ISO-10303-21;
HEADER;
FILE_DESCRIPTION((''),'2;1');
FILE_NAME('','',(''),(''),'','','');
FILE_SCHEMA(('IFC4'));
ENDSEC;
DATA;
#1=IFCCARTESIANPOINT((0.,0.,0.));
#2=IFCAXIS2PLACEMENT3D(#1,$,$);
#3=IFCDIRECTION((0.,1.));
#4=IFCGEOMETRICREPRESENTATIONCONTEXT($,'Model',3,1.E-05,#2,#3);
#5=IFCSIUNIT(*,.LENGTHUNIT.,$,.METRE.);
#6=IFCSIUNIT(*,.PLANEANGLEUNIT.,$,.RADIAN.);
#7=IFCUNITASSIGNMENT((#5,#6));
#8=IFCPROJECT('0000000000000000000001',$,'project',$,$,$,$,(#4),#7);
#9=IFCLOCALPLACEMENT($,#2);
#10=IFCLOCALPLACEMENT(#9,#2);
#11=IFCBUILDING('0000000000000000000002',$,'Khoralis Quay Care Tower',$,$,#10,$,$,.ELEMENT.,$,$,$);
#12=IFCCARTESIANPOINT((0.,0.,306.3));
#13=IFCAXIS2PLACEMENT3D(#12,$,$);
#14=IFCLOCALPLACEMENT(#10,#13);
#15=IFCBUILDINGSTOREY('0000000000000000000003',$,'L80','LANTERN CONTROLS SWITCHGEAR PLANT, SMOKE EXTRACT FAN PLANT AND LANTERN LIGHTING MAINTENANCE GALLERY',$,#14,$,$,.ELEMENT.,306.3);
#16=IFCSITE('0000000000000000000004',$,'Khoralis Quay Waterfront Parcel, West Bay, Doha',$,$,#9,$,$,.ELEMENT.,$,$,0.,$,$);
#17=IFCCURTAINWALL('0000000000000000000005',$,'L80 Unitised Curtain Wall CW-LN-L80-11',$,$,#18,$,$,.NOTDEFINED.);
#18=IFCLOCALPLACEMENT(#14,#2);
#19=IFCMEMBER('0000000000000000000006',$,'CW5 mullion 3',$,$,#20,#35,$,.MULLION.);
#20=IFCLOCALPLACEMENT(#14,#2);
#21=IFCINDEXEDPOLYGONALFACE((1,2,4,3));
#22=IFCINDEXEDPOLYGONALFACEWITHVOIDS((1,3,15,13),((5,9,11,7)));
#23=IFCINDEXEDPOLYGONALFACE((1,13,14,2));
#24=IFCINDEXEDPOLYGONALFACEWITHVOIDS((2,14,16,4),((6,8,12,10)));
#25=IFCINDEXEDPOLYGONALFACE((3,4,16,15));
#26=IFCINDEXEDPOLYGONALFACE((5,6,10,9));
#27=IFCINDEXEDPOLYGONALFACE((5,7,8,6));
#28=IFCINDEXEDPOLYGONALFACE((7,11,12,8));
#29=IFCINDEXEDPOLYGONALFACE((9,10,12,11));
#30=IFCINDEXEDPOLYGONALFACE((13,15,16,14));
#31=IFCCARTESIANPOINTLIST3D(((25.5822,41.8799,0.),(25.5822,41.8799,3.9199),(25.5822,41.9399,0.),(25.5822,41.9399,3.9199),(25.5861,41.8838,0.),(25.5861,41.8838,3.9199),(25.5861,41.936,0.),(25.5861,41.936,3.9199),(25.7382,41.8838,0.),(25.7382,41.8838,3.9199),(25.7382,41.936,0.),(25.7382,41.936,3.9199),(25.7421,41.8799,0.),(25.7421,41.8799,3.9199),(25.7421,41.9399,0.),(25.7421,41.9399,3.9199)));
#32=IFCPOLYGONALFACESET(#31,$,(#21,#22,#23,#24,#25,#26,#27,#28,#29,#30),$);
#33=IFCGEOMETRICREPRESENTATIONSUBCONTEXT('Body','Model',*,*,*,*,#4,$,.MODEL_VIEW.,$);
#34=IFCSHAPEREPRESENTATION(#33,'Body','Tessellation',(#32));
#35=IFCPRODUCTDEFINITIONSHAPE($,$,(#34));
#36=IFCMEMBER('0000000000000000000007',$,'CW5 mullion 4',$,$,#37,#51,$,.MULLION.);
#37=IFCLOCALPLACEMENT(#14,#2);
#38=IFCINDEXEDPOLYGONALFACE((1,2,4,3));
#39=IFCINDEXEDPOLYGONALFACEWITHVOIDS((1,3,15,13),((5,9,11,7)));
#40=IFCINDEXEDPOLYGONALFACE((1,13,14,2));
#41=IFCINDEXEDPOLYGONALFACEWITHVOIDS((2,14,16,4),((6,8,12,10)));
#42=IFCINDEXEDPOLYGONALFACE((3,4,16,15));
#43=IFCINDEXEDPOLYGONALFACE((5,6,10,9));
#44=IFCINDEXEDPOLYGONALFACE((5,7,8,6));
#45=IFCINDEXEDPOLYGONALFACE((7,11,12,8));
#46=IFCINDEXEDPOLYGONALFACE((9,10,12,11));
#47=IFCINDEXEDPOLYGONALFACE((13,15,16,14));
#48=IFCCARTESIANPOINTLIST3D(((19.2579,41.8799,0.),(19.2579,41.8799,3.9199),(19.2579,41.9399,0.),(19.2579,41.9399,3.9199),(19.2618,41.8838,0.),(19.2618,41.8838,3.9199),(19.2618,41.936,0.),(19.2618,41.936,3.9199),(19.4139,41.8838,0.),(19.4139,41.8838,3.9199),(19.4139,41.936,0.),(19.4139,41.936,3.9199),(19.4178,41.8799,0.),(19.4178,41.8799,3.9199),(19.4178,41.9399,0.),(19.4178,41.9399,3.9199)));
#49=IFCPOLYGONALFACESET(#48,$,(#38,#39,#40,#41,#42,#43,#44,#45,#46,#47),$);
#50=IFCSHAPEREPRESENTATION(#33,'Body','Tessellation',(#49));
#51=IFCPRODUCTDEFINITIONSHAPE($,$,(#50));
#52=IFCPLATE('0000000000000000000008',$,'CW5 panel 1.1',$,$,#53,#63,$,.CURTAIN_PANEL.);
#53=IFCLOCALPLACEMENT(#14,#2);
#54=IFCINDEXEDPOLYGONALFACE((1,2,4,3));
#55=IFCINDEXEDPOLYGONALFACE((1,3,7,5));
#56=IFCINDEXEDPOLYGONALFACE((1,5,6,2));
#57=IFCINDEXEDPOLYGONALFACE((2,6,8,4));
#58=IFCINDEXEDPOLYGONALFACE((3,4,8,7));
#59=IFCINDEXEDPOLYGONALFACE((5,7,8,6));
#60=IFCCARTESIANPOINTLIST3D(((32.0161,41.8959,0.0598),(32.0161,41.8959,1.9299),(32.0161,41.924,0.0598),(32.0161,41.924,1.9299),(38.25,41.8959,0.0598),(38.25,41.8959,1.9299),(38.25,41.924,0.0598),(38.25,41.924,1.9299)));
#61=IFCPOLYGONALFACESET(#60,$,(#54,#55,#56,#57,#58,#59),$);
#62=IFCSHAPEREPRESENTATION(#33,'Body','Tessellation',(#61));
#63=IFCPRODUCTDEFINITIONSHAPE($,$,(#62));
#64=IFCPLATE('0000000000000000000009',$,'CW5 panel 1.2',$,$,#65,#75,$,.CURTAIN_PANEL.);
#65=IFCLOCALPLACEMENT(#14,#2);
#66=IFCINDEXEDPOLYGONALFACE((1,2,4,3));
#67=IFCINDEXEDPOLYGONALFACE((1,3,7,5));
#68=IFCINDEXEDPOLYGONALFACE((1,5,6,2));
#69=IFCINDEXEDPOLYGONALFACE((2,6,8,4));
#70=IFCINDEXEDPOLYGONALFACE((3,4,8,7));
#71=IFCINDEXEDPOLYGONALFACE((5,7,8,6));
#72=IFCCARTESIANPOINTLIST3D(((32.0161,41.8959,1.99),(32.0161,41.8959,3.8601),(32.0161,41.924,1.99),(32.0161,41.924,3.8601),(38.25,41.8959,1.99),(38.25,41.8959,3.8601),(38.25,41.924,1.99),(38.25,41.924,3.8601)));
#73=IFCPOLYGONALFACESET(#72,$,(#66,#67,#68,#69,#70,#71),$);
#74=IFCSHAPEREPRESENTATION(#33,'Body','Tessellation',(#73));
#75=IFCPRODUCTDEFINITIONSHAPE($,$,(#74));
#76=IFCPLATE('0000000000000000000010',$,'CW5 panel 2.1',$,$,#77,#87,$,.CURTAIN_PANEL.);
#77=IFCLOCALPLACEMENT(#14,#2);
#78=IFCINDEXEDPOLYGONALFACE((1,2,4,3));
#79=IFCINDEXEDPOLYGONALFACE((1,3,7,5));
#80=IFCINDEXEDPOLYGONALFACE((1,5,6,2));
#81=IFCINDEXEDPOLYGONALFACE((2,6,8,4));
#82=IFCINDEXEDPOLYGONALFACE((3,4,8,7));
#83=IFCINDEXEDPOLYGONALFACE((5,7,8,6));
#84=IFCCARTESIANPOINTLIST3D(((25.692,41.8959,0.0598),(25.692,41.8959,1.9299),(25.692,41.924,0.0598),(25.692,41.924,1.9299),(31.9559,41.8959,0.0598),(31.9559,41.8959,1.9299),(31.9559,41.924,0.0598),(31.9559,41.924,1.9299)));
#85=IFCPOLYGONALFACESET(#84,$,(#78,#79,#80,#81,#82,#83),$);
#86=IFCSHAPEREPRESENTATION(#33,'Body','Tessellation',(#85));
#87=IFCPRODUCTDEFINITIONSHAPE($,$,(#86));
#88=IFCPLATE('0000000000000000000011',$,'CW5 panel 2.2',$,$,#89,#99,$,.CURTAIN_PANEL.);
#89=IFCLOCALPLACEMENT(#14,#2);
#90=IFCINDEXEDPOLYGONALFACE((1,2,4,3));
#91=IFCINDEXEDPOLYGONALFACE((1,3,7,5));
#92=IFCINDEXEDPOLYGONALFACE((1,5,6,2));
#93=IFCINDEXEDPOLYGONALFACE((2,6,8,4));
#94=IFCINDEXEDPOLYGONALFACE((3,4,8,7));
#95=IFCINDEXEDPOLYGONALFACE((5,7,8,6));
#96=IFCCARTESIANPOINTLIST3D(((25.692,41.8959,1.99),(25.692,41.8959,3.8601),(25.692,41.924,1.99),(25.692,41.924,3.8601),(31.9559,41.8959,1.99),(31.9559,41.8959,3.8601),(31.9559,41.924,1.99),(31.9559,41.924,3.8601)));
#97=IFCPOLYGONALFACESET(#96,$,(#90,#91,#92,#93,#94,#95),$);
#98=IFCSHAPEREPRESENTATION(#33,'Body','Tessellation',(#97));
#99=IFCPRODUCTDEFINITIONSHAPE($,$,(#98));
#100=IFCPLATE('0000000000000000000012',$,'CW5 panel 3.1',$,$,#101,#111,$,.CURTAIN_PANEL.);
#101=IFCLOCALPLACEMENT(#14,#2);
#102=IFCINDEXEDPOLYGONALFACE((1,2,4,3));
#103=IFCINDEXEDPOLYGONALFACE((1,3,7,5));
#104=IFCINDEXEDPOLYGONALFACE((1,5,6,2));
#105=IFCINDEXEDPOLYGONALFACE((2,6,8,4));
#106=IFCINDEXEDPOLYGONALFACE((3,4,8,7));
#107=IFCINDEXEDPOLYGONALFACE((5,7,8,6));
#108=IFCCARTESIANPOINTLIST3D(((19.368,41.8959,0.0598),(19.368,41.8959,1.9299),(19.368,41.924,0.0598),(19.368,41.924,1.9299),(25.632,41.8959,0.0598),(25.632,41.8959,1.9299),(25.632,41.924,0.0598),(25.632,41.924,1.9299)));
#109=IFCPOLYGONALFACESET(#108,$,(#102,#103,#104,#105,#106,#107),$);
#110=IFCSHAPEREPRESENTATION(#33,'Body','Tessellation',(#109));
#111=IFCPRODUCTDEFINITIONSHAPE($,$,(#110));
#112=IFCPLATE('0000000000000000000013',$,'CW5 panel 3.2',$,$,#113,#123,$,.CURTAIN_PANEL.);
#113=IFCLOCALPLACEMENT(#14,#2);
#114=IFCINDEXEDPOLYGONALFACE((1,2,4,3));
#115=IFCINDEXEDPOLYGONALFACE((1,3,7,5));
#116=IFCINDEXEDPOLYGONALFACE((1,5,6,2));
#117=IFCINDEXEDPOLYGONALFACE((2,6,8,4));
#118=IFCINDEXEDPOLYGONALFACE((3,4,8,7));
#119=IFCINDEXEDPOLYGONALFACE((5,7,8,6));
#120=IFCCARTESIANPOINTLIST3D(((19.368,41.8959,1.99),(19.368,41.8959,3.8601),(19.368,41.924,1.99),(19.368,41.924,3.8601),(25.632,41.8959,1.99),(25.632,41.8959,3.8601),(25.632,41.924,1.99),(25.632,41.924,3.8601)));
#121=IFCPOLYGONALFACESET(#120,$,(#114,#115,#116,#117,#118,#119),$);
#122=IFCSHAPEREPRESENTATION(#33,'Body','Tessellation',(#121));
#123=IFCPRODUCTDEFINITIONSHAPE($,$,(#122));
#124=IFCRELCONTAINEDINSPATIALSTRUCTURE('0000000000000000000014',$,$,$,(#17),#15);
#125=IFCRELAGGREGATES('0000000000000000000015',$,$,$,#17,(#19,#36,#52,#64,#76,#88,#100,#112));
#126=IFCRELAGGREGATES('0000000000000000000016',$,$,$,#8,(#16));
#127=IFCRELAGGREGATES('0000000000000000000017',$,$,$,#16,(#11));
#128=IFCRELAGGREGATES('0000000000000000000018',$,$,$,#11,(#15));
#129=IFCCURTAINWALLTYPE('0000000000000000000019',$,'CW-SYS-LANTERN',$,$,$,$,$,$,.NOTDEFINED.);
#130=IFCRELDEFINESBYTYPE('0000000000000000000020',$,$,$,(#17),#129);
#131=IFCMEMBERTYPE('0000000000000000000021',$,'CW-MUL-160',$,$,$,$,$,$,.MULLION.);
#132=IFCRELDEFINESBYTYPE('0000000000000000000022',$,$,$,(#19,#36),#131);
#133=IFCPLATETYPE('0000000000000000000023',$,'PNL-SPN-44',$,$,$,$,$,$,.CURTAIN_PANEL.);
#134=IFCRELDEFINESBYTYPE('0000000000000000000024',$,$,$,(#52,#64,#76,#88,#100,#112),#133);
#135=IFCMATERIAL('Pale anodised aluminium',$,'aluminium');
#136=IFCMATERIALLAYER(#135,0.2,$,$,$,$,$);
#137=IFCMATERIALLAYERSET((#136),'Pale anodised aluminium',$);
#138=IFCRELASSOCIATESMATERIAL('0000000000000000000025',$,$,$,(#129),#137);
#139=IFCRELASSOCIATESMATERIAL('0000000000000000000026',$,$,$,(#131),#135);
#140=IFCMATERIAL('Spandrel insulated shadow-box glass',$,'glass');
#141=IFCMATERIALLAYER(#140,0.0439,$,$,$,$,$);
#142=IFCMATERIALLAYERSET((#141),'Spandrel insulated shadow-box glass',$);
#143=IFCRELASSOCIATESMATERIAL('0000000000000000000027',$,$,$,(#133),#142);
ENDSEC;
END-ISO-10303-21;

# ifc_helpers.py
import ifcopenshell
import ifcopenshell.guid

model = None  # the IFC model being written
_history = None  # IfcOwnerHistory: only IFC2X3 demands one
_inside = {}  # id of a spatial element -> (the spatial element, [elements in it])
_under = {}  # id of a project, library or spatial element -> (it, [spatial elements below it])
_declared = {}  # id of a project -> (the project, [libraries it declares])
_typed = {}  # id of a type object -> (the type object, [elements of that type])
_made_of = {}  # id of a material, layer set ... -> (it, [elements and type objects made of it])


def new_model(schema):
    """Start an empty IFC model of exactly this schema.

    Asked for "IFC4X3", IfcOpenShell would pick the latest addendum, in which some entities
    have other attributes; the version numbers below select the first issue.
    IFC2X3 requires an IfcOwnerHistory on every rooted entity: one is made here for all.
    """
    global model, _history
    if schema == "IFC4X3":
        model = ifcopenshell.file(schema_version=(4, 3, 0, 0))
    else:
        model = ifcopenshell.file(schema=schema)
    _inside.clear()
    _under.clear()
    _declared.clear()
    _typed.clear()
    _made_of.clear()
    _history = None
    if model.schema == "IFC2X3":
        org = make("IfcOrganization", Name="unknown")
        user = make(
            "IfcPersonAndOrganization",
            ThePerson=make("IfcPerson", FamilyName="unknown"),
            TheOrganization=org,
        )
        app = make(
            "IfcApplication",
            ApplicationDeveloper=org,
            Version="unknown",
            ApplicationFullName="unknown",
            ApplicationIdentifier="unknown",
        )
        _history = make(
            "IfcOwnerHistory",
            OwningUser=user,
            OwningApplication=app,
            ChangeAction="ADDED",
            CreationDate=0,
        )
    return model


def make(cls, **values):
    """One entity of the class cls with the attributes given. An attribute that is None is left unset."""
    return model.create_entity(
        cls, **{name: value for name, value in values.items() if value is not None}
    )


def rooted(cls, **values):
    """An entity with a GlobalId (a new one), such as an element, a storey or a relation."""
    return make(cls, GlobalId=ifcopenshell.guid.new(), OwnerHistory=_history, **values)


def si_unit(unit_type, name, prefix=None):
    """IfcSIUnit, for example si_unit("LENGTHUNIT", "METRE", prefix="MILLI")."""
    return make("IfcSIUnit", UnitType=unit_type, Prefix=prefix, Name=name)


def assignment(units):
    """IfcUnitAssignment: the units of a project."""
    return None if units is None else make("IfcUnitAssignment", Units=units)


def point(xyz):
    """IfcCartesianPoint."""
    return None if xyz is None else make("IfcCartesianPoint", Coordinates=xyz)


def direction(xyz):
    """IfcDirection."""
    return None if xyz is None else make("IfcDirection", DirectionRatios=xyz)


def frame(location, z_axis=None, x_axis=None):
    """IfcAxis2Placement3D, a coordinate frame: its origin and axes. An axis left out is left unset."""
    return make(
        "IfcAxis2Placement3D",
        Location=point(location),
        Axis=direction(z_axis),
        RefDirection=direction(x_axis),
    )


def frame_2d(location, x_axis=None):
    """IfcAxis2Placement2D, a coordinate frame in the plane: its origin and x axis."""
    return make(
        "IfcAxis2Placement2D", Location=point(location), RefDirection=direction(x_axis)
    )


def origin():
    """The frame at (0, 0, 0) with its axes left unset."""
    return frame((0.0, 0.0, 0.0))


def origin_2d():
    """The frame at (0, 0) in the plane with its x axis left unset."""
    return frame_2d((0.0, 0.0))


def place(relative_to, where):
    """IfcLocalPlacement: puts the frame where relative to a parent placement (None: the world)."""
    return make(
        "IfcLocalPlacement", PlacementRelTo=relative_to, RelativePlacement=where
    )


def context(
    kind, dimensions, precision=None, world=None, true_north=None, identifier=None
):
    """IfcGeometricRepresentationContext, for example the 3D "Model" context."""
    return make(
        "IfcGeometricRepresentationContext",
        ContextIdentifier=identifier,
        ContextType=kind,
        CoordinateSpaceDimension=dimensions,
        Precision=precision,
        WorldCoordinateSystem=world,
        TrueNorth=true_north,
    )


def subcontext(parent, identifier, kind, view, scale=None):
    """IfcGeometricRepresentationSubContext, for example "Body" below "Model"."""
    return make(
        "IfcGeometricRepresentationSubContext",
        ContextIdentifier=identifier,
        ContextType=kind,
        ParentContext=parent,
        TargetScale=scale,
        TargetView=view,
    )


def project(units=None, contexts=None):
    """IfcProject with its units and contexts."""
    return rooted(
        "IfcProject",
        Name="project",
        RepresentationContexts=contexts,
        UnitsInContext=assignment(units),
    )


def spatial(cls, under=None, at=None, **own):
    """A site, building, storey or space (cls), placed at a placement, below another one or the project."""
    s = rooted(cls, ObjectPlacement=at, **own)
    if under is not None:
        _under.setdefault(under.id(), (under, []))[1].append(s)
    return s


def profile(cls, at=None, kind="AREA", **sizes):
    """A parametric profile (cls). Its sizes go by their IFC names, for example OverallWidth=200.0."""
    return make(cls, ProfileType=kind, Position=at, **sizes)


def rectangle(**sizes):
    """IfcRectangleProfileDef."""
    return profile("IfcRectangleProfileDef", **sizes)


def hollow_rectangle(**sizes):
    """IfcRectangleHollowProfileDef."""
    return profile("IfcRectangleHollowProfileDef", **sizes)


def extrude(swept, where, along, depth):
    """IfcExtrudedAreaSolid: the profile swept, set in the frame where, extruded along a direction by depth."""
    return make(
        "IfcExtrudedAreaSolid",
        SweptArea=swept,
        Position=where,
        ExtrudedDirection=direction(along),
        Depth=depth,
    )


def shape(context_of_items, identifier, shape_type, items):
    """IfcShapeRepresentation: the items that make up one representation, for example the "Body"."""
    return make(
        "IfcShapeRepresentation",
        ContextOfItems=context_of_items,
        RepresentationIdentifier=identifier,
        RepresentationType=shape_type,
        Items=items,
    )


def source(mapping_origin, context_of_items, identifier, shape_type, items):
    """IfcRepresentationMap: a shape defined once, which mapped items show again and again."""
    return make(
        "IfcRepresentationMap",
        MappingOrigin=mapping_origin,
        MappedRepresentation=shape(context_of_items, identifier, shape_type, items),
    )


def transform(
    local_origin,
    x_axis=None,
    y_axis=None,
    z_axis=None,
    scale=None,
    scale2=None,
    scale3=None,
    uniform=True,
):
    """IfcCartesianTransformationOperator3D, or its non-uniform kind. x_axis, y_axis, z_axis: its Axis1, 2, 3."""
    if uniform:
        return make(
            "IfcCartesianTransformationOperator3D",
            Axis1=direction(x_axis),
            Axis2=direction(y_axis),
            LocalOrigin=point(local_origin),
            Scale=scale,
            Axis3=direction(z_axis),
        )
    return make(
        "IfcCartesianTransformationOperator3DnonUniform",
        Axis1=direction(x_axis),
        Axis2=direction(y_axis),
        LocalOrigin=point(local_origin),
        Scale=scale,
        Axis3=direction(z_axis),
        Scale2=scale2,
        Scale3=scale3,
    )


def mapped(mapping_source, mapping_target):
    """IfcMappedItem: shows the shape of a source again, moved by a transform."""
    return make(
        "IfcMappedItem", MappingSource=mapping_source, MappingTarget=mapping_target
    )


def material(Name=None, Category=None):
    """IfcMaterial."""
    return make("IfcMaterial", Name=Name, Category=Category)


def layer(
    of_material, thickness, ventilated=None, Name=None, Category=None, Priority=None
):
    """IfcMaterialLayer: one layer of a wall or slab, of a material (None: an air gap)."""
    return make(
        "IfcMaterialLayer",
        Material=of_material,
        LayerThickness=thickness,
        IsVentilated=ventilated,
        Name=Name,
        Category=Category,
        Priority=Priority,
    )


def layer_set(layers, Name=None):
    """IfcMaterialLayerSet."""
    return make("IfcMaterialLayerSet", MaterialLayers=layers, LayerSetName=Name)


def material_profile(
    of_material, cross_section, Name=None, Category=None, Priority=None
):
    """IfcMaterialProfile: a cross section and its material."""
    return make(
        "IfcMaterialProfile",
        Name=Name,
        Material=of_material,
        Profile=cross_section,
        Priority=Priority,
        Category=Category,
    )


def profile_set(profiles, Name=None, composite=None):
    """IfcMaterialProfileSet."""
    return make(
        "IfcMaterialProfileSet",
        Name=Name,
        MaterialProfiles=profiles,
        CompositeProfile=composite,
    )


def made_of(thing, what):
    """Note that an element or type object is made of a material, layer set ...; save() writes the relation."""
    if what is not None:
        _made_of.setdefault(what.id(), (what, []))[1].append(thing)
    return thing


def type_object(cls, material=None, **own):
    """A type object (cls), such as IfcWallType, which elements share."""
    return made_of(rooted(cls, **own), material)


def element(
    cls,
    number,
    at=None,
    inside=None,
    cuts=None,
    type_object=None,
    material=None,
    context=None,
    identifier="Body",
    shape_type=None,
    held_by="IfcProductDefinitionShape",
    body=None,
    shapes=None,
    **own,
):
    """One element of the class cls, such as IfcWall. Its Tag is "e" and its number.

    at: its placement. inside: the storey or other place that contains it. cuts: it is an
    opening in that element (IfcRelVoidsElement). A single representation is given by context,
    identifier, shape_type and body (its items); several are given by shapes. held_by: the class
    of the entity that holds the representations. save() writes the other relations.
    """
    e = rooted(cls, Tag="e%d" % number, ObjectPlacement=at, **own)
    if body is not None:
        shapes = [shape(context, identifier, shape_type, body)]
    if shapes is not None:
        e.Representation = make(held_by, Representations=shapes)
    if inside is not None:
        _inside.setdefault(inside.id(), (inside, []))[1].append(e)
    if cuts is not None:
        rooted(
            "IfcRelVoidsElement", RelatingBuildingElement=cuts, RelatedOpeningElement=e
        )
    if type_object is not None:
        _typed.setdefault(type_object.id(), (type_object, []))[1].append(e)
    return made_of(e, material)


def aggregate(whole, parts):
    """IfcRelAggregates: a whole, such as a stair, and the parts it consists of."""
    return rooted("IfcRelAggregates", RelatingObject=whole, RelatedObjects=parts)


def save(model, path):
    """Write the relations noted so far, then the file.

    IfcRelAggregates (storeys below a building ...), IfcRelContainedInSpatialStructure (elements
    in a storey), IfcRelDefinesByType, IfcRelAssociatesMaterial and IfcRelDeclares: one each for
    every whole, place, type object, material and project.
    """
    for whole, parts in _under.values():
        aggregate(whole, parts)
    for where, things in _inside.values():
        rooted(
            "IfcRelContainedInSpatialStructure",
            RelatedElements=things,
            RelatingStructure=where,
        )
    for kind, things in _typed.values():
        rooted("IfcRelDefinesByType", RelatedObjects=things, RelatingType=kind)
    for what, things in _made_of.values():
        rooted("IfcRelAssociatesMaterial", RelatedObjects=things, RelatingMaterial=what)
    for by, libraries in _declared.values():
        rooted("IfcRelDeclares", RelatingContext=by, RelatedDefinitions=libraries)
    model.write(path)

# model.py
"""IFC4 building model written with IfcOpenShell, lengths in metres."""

from ifc_helpers import new_model, si_unit, direction, frame, origin, origin_2d, place, context, subcontext, project, spatial, rectangle, hollow_rectangle, extrude, source, transform, mapped, material, layer, layer_set, material_profile, profile_set, type_object, element, aggregate, save


model = new_model("IFC4")

# Units and contexts
model_context = context("Model", 3, precision=1e-05, world=origin(), true_north=direction((0.0, 1.0)))
body_context = subcontext(model_context, "Body", "Model", "MODEL_VIEW")
ifc_project = project(units=[si_unit("LENGTHUNIT", "METRE"), si_unit("PLANEANGLEUNIT", "RADIAN")], contexts=[model_context])

# Site, building, storey
site_placement = place(None, origin())
site = spatial("IfcSite", under=ifc_project, at=site_placement, Name="Khoralis Quay Waterfront Parcel, West Bay, Doha", CompositionType="ELEMENT", RefElevation=0.0)
building_placement = place(site_placement, origin())
building = spatial("IfcBuilding", under=site, at=building_placement, Name="Khoralis Quay Care Tower", CompositionType="ELEMENT")
storey_placement = place(building_placement, frame((0.0, 0.0, 306.3)))
storey = spatial("IfcBuildingStorey", under=building, at=storey_placement, Name="L80", Description="LANTERN CONTROLS SWITCHGEAR PLANT, SMOKE EXTRACT FAN PLANT AND LANTERN LIGHTING MAINTENANCE GALLERY", CompositionType="ELEMENT", Elevation=306.3)

# Curtain wall, members, plates
ifc_material_1 = material(Name="Pale anodised aluminium", Category="aluminium")
ifc_layer_1 = layer(ifc_material_1, 0.2)
ifc_layer_set_1 = layer_set([ifc_layer_1], Name="Pale anodised aluminium")
curtain_wall_type = type_object("IfcCurtainWallType", Name="CW-SYS-LANTERN", PredefinedType="NOTDEFINED", material=ifc_layer_set_1)
curtain_wall_placement = place(storey_placement, origin())
curtain_wall = element("IfcCurtainWall", 1, at=curtain_wall_placement, inside=storey, type_object=curtain_wall_type, Name="L80 Unitised Curtain Wall CW-LN-L80-11", PredefinedType="NOTDEFINED")
ifc_material_profile_1 = material_profile(ifc_material_1, hollow_rectangle(XDim=0.0601, YDim=0.1599, WallThickness=0.0039, at=origin_2d()), Name="Pale anodised aluminium")
ifc_profile_set_1 = profile_set([ifc_material_profile_1], Name="Pale anodised aluminium")
member_type_1 = type_object("IfcMemberType", Name="CW-MUL-160", PredefinedType="MULLION", material=ifc_profile_set_1)
shared_shape_1 = source(origin(), body_context, "Body", "SweptSolid", [
    extrude(hollow_rectangle(XDim=0.0601, YDim=0.1599, WallThickness=0.0039, at=origin_2d()), origin(), (0.0, 0.0, 1.0), 3.9199),
])
member_1_placement = place(storey_placement, frame((25.6621, 41.9099, 0.0), z_axis=(0.0, 0.0, 1.0), x_axis=(0.0, -1.0, 0.0)))
member_1 = element("IfcMember", 2, at=member_1_placement, type_object=member_type_1, Name="CW5 mullion 3", PredefinedType="MULLION", context=body_context, shape_type="MappedRepresentation", body=[
    mapped(shared_shape_1, transform((0.0, 0.0, 0.0), scale=1.0)),
])
member_2_placement = place(storey_placement, frame((19.3379, 41.9099, 0.0), z_axis=(0.0, 0.0, 1.0), x_axis=(0.0, -1.0, 0.0)))
member_2 = element("IfcMember", 3, at=member_2_placement, type_object=member_type_1, Name="CW5 mullion 4", PredefinedType="MULLION", context=body_context, shape_type="MappedRepresentation", body=[
    mapped(shared_shape_1, transform((0.0, 0.0, 0.0), scale=1.0)),
])
ifc_material_2 = material(Name="Spandrel insulated shadow-box glass", Category="glass")
ifc_layer_2 = layer(ifc_material_2, 0.0439)
ifc_layer_set_2 = layer_set([ifc_layer_2], Name="Spandrel insulated shadow-box glass")
plate_type = type_object("IfcPlateType", Name="PNL-SPN-44", PredefinedType="CURTAIN_PANEL", material=ifc_layer_set_2)
shared_shape_2 = source(origin(), body_context, "Body", "SweptSolid", [
    extrude(rectangle(XDim=6.2339, YDim=0.0281, at=origin_2d()), origin(), (0.0, 0.0, 1.0), 1.8701),
])
plate_1_placement = place(storey_placement, frame((35.1331, 41.9099, 0.0598), z_axis=(0.0, 0.0, 1.0), x_axis=(-1.0, 0.0, 0.0)))
plate_1 = element("IfcPlate", 4, at=plate_1_placement, type_object=plate_type, Name="CW5 panel 1.1", PredefinedType="CURTAIN_PANEL", context=body_context, shape_type="MappedRepresentation", body=[
    mapped(shared_shape_2, transform((0.0, 0.0, 0.0), scale=1.0)),
])
plate_2_placement = place(storey_placement, frame((35.1331, 41.9099, 1.99), z_axis=(0.0, 0.0, 1.0), x_axis=(-1.0, 0.0, 0.0)))
plate_2 = element("IfcPlate", 5, at=plate_2_placement, type_object=plate_type, Name="CW5 panel 1.2", PredefinedType="CURTAIN_PANEL", context=body_context, shape_type="MappedRepresentation", body=[
    mapped(shared_shape_2, transform((0.0, 0.0, 0.0), scale=1.0)),
])
shared_shape_3 = source(origin(), body_context, "Body", "SweptSolid", [
    extrude(rectangle(XDim=6.2639, YDim=0.0281, at=origin_2d()), origin(), (0.0, 0.0, 1.0), 1.8701),
])
plate_3_placement = place(storey_placement, frame((28.824, 41.9099, 0.0598), z_axis=(0.0, 0.0, 1.0), x_axis=(-1.0, 0.0, 0.0)))
plate_3 = element("IfcPlate", 6, at=plate_3_placement, type_object=plate_type, Name="CW5 panel 2.1", PredefinedType="CURTAIN_PANEL", context=body_context, shape_type="MappedRepresentation", body=[
    mapped(shared_shape_3, transform((0.0, 0.0, 0.0), scale=1.0)),
])
plate_4_placement = place(storey_placement, frame((28.824, 41.9099, 1.99), z_axis=(0.0, 0.0, 1.0), x_axis=(-1.0, 0.0, 0.0)))
plate_4 = element("IfcPlate", 7, at=plate_4_placement, type_object=plate_type, Name="CW5 panel 2.2", PredefinedType="CURTAIN_PANEL", context=body_context, shape_type="MappedRepresentation", body=[
    mapped(shared_shape_3, transform((0.0, 0.0, 0.0), scale=1.0)),
])
plate_5_placement = place(storey_placement, frame((22.5, 41.9099, 0.0598), z_axis=(0.0, 0.0, 1.0), x_axis=(-1.0, 0.0, 0.0)))
plate_5 = element("IfcPlate", 8, at=plate_5_placement, type_object=plate_type, Name="CW5 panel 3.1", PredefinedType="CURTAIN_PANEL", context=body_context, shape_type="MappedRepresentation", body=[
    mapped(shared_shape_3, transform((0.0, 0.0, 0.0), scale=1.0)),
])
plate_6_placement = place(storey_placement, frame((22.5, 41.9099, 1.99), z_axis=(0.0, 0.0, 1.0), x_axis=(-1.0, 0.0, 0.0)))
plate_6 = element("IfcPlate", 9, at=plate_6_placement, type_object=plate_type, Name="CW5 panel 3.2", PredefinedType="CURTAIN_PANEL", context=body_context, shape_type="MappedRepresentation", body=[
    mapped(shared_shape_3, transform((0.0, 0.0, 0.0), scale=1.0)),
])
aggregate(curtain_wall, [member_1, member_2, plate_1, plate_2, plate_3, plate_4, plate_5, plate_6])

save(model, "model.ifc")
